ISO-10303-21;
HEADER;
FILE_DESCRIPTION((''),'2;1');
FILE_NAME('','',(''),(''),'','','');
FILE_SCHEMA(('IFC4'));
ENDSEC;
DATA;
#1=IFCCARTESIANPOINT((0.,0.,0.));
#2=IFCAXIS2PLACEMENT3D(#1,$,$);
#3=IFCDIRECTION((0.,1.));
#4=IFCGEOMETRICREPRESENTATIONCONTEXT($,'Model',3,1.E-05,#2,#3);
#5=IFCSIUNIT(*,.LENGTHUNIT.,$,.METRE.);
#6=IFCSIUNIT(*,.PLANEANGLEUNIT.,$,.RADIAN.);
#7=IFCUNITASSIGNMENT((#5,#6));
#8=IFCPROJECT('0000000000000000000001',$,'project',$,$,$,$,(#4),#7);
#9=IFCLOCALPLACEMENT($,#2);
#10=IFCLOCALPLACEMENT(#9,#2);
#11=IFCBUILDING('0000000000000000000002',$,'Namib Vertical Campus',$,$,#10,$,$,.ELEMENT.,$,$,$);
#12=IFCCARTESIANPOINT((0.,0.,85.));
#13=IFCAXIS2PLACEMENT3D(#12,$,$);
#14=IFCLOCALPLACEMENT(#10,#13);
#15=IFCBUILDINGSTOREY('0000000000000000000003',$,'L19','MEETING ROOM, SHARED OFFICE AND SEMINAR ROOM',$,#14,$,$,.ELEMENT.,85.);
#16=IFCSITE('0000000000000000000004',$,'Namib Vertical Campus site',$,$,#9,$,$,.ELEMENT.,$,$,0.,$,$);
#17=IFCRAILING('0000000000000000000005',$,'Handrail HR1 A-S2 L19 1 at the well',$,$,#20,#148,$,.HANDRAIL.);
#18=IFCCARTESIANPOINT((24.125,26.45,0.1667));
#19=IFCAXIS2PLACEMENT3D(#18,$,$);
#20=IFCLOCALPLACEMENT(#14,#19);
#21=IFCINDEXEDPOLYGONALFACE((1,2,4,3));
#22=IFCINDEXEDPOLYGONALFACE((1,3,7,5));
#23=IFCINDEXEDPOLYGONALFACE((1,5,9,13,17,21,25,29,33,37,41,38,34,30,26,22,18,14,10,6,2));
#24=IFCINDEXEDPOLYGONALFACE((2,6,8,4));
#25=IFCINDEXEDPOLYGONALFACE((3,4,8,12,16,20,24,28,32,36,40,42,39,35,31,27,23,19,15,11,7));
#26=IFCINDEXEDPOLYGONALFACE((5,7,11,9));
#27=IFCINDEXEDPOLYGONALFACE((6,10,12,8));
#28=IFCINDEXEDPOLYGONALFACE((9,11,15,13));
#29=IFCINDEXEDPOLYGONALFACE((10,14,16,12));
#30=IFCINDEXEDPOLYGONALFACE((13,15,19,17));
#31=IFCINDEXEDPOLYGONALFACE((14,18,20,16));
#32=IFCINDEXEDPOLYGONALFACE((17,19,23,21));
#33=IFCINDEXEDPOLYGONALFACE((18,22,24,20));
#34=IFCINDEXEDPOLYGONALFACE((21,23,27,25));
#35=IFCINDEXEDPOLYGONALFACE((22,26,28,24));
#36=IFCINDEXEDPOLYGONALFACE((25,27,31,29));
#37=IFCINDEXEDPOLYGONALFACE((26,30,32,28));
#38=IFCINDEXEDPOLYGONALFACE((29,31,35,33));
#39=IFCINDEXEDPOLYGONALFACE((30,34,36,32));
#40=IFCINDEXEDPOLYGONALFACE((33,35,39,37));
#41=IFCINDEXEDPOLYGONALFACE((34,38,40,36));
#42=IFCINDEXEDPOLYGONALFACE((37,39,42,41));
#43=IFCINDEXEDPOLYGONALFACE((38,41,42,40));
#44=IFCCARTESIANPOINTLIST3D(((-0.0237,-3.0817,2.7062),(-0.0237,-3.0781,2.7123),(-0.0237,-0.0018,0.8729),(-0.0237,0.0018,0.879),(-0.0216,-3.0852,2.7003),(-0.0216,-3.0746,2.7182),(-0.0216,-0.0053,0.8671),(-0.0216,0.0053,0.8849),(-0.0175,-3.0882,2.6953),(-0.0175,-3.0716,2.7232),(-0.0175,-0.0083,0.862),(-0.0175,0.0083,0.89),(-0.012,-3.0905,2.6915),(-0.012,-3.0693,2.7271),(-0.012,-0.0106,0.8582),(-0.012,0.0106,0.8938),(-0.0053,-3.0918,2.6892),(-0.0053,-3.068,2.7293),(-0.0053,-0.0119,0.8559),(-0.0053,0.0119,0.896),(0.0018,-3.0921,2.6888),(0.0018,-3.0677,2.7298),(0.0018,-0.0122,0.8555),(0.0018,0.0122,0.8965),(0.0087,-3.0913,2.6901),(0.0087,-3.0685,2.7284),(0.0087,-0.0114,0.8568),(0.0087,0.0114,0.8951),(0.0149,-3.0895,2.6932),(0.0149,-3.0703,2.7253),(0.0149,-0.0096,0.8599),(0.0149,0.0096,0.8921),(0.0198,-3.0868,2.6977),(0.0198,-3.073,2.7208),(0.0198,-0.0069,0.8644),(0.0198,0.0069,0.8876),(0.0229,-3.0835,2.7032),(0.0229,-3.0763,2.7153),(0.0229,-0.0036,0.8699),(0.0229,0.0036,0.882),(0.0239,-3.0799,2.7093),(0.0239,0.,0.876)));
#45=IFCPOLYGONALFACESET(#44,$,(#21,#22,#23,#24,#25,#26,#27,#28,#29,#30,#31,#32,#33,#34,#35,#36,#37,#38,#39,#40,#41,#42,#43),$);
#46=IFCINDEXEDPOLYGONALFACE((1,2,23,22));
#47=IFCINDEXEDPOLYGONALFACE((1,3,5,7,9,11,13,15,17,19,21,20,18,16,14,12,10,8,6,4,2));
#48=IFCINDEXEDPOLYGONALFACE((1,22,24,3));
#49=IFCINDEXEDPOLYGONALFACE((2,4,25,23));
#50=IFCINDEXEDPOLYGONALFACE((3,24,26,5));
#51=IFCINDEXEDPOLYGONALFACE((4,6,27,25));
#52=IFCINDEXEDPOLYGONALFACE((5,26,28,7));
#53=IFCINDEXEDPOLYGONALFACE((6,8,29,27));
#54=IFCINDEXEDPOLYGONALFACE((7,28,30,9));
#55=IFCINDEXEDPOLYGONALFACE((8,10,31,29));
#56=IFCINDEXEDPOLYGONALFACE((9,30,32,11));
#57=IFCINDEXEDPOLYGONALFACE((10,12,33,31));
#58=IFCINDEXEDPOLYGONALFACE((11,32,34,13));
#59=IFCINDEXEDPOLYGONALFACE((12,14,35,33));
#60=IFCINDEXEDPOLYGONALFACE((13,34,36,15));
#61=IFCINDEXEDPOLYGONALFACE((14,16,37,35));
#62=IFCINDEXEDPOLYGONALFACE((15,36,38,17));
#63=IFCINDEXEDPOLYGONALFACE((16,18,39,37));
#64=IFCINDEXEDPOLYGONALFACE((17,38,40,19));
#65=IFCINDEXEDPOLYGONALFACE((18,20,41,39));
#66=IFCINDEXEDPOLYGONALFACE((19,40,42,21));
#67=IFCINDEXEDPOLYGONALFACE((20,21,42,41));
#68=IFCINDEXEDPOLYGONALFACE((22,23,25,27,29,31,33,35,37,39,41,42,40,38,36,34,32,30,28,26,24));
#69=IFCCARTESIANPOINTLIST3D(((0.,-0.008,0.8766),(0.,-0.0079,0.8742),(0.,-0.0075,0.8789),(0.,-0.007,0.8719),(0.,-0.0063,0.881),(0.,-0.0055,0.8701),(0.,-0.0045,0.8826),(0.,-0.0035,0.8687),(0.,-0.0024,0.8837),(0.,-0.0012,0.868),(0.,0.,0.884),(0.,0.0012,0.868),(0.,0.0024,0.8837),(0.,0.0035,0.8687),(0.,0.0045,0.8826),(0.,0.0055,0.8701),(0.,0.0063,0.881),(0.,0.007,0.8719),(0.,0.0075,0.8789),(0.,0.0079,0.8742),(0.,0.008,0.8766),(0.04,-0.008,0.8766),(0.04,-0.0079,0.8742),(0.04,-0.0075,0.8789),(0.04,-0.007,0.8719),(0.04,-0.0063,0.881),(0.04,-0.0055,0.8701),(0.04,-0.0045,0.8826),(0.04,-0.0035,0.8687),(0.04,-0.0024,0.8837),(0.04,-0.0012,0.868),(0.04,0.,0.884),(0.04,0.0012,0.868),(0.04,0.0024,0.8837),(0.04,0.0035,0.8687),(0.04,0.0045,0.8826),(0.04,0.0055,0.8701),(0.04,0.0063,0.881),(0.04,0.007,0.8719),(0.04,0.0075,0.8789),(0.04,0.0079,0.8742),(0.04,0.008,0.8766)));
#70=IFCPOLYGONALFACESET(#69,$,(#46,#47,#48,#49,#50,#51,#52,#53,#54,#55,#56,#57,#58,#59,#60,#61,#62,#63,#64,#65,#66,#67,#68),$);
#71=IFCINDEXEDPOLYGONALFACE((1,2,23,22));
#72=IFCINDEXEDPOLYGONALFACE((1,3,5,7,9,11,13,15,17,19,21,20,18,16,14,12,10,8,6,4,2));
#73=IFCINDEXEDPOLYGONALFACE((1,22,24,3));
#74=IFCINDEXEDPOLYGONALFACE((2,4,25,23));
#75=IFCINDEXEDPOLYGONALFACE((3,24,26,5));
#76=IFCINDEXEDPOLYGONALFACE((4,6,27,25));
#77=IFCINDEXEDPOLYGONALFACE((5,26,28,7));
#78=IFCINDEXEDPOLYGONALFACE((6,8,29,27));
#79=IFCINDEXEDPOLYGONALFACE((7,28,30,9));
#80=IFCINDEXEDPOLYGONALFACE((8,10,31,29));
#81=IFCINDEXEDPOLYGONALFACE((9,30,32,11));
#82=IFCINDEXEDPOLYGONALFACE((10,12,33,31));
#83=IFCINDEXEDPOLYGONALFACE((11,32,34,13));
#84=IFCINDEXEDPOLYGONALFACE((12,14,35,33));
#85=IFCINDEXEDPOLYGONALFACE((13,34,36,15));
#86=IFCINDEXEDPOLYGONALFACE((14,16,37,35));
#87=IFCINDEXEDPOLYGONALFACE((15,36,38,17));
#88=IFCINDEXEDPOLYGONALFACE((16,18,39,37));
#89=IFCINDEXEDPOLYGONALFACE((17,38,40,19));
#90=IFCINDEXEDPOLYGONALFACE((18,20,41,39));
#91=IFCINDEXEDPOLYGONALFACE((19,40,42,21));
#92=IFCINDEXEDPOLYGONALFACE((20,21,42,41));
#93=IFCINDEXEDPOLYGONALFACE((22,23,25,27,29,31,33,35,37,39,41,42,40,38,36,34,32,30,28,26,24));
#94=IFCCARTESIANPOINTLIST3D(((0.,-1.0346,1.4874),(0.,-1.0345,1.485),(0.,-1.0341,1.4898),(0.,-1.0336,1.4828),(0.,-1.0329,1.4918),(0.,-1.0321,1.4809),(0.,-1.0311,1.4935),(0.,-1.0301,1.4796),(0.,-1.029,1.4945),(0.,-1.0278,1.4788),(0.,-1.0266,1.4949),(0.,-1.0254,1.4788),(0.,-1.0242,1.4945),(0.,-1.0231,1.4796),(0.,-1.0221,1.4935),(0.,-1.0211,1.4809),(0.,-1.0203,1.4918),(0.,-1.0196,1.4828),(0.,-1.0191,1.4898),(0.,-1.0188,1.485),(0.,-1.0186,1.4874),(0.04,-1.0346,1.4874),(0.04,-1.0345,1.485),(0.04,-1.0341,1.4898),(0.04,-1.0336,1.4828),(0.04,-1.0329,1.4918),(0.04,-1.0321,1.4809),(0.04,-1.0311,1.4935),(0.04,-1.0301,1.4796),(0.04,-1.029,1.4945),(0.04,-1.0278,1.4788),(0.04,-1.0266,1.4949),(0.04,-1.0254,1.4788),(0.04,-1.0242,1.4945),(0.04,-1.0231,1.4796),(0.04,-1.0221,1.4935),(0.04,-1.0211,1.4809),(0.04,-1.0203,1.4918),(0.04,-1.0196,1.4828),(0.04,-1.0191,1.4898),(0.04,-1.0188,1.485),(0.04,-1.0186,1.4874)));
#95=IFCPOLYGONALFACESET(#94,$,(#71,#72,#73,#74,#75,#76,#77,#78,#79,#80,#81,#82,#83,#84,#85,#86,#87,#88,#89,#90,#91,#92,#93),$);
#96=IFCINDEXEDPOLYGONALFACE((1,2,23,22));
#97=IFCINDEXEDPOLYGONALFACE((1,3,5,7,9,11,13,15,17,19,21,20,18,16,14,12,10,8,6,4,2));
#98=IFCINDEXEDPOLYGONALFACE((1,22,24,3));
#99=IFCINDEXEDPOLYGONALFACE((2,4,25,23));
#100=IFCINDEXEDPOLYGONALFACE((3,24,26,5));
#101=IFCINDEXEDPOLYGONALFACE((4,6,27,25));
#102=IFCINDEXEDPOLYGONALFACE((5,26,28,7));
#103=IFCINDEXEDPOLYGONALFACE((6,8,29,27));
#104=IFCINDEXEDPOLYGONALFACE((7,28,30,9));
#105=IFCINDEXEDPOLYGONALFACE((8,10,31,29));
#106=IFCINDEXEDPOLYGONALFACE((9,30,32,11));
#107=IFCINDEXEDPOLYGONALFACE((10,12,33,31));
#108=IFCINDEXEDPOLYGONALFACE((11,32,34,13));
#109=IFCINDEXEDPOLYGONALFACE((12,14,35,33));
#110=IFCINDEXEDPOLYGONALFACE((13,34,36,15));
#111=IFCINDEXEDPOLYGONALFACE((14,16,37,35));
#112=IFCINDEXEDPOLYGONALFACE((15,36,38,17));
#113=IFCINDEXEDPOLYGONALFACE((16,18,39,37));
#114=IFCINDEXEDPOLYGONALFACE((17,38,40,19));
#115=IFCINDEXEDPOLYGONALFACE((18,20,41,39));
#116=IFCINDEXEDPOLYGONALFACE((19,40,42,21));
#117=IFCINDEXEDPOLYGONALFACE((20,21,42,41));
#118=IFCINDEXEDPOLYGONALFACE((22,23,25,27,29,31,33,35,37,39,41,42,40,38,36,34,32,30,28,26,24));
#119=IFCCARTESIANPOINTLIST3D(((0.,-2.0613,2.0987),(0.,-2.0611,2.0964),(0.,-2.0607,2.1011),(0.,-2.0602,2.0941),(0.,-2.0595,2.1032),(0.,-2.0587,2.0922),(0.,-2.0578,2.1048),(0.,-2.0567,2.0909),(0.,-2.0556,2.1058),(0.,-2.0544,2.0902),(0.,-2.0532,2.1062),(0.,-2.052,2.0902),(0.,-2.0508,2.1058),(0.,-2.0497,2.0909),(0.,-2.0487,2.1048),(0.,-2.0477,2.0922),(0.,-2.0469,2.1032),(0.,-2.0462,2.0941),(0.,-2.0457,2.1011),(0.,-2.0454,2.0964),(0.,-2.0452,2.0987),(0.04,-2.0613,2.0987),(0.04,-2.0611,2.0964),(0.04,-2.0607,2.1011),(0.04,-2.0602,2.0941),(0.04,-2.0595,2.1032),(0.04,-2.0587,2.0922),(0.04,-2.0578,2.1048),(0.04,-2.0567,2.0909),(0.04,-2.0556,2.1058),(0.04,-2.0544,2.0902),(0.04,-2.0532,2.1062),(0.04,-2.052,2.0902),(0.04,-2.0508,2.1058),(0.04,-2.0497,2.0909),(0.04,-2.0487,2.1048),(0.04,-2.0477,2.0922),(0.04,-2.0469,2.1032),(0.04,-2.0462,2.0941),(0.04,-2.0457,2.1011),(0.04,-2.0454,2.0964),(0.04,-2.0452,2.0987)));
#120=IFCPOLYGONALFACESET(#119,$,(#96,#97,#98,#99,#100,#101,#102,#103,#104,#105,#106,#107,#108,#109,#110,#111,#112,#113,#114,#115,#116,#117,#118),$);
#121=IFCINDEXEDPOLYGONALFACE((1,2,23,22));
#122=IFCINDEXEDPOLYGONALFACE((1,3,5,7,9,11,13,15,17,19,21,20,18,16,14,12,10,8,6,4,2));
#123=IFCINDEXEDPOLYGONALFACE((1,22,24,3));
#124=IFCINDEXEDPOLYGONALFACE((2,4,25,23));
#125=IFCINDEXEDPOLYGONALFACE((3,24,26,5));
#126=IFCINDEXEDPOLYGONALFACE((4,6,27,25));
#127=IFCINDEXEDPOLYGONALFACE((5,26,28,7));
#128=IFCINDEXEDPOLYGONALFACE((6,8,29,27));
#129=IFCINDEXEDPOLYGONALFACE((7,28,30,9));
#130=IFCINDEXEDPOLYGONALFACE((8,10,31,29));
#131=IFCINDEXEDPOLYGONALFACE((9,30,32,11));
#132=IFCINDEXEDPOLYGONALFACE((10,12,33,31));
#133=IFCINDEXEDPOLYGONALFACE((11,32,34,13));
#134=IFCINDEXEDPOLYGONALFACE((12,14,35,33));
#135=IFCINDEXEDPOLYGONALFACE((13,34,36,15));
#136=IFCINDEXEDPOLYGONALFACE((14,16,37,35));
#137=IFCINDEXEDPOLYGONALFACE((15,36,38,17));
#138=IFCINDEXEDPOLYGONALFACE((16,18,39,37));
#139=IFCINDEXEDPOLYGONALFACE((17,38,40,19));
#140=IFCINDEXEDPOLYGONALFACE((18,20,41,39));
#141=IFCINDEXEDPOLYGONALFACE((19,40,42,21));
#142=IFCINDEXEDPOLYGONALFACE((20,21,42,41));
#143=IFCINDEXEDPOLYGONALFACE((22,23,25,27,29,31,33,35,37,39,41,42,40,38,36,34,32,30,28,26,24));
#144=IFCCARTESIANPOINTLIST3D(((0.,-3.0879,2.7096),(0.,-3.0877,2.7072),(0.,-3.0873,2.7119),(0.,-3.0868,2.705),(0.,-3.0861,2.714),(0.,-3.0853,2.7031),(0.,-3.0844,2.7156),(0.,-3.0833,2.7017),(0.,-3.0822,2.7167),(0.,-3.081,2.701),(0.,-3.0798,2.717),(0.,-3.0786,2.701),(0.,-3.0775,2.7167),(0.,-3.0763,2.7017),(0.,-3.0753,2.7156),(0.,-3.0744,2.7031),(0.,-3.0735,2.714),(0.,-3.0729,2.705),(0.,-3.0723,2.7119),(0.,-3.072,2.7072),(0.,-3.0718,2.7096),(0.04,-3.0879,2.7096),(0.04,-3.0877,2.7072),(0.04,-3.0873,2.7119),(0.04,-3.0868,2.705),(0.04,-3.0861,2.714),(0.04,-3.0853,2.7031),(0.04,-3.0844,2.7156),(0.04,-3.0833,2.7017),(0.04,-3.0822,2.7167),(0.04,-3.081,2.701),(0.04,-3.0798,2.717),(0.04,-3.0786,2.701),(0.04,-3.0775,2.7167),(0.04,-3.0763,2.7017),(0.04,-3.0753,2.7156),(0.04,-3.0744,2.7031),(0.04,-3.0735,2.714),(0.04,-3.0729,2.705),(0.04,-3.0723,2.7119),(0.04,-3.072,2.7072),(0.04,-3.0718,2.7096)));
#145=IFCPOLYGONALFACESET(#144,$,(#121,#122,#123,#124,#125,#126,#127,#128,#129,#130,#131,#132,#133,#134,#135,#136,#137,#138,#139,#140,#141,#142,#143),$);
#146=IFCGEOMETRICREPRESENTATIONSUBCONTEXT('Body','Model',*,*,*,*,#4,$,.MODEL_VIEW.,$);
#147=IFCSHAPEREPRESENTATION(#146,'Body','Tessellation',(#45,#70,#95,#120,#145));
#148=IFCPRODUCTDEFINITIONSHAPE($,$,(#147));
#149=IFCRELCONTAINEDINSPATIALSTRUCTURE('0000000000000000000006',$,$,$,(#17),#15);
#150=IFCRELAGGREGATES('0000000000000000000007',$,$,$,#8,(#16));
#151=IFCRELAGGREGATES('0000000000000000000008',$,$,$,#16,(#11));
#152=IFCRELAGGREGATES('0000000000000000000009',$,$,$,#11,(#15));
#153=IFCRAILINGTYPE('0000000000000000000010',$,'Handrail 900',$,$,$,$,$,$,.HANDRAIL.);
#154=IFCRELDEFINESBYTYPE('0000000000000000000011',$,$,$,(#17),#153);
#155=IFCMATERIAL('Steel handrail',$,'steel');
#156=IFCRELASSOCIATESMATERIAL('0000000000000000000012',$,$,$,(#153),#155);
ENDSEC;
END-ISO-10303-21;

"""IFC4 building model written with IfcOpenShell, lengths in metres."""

from ifc_helpers import new_model, si_unit, direction, frame, origin, origin_2d, place, context, subcontext, project, spatial, circle, extrude, material, type_object, element, save


model = new_model("IFC4")

# Units and contexts
model_context = context("Model", 3, precision=1e-05, world=origin(), true_north=direction((0.0, 1.0)))
body_context = subcontext(model_context, "Body", "Model", "MODEL_VIEW")
ifc_project = project(units=[si_unit("LENGTHUNIT", "METRE"), si_unit("PLANEANGLEUNIT", "RADIAN")], contexts=[model_context])

# Site, building, storey
site_placement = place(None, origin())
site = spatial("IfcSite", under=ifc_project, at=site_placement, Name="Namib Vertical Campus site", CompositionType="ELEMENT", RefElevation=0.0)
building_placement = place(site_placement, origin())
building = spatial("IfcBuilding", under=site, at=building_placement, Name="Namib Vertical Campus", CompositionType="ELEMENT")
storey_placement = place(building_placement, frame((0.0, 0.0, 85.0)))
storey = spatial("IfcBuildingStorey", under=building, at=storey_placement, Name="L19", Description="MEETING ROOM, SHARED OFFICE AND SEMINAR ROOM", CompositionType="ELEMENT", Elevation=85.0)

# Railing
ifc_material_1 = material(Name="Steel handrail", Category="steel")
railing_type_1 = type_object("IfcRailingType", Name="Handrail 900", PredefinedType="HANDRAIL", material=ifc_material_1)
railing_1_placement = place(storey_placement, frame((24.125, 26.45, 0.1667)))
element("IfcRailing", 1, at=railing_1_placement, inside=storey, type_object=railing_type_1, Name="Handrail HR1 A-S2 L19 1 at the well", PredefinedType="HANDRAIL", context=body_context, shape_type="SweptSolid", body=[
    extrude(circle(Radius=0.0239, at=origin_2d()), frame((0.0, 0.0, 0.876), z_axis=(0.0, -0.859291, 0.511487), x_axis=(1.0, 0.0, 0.0)), (0.0, 0.0, 1.0), 3.5842),
    extrude(circle(Radius=0.0081, at=origin_2d()), frame((0.0, 0.0, 0.876), z_axis=(1.0, 0.0, 0.0), x_axis=(0.0, 0.0, 1.0)), (0.0, 0.0, 1.0), 0.04),
    extrude(circle(Radius=0.0081, at=origin_2d()), frame((0.0, -1.0266, 1.4868), z_axis=(1.0, 0.0, 0.0), x_axis=(0.0, 0.0, 1.0)), (0.0, 0.0, 1.0), 0.04),
    extrude(circle(Radius=0.0081, at=origin_2d()), frame((0.0, -2.0532, 2.0981), z_axis=(1.0, 0.0, 0.0), x_axis=(0.0, 0.0, 1.0)), (0.0, 0.0, 1.0), 0.04),
    extrude(circle(Radius=0.0081, at=origin_2d()), frame((0.0, -3.0798, 2.709), z_axis=(1.0, 0.0, 0.0), x_axis=(0.0, 0.0, 1.0)), (0.0, 0.0, 1.0), 0.04),
])

save(model, "model.ifc")
